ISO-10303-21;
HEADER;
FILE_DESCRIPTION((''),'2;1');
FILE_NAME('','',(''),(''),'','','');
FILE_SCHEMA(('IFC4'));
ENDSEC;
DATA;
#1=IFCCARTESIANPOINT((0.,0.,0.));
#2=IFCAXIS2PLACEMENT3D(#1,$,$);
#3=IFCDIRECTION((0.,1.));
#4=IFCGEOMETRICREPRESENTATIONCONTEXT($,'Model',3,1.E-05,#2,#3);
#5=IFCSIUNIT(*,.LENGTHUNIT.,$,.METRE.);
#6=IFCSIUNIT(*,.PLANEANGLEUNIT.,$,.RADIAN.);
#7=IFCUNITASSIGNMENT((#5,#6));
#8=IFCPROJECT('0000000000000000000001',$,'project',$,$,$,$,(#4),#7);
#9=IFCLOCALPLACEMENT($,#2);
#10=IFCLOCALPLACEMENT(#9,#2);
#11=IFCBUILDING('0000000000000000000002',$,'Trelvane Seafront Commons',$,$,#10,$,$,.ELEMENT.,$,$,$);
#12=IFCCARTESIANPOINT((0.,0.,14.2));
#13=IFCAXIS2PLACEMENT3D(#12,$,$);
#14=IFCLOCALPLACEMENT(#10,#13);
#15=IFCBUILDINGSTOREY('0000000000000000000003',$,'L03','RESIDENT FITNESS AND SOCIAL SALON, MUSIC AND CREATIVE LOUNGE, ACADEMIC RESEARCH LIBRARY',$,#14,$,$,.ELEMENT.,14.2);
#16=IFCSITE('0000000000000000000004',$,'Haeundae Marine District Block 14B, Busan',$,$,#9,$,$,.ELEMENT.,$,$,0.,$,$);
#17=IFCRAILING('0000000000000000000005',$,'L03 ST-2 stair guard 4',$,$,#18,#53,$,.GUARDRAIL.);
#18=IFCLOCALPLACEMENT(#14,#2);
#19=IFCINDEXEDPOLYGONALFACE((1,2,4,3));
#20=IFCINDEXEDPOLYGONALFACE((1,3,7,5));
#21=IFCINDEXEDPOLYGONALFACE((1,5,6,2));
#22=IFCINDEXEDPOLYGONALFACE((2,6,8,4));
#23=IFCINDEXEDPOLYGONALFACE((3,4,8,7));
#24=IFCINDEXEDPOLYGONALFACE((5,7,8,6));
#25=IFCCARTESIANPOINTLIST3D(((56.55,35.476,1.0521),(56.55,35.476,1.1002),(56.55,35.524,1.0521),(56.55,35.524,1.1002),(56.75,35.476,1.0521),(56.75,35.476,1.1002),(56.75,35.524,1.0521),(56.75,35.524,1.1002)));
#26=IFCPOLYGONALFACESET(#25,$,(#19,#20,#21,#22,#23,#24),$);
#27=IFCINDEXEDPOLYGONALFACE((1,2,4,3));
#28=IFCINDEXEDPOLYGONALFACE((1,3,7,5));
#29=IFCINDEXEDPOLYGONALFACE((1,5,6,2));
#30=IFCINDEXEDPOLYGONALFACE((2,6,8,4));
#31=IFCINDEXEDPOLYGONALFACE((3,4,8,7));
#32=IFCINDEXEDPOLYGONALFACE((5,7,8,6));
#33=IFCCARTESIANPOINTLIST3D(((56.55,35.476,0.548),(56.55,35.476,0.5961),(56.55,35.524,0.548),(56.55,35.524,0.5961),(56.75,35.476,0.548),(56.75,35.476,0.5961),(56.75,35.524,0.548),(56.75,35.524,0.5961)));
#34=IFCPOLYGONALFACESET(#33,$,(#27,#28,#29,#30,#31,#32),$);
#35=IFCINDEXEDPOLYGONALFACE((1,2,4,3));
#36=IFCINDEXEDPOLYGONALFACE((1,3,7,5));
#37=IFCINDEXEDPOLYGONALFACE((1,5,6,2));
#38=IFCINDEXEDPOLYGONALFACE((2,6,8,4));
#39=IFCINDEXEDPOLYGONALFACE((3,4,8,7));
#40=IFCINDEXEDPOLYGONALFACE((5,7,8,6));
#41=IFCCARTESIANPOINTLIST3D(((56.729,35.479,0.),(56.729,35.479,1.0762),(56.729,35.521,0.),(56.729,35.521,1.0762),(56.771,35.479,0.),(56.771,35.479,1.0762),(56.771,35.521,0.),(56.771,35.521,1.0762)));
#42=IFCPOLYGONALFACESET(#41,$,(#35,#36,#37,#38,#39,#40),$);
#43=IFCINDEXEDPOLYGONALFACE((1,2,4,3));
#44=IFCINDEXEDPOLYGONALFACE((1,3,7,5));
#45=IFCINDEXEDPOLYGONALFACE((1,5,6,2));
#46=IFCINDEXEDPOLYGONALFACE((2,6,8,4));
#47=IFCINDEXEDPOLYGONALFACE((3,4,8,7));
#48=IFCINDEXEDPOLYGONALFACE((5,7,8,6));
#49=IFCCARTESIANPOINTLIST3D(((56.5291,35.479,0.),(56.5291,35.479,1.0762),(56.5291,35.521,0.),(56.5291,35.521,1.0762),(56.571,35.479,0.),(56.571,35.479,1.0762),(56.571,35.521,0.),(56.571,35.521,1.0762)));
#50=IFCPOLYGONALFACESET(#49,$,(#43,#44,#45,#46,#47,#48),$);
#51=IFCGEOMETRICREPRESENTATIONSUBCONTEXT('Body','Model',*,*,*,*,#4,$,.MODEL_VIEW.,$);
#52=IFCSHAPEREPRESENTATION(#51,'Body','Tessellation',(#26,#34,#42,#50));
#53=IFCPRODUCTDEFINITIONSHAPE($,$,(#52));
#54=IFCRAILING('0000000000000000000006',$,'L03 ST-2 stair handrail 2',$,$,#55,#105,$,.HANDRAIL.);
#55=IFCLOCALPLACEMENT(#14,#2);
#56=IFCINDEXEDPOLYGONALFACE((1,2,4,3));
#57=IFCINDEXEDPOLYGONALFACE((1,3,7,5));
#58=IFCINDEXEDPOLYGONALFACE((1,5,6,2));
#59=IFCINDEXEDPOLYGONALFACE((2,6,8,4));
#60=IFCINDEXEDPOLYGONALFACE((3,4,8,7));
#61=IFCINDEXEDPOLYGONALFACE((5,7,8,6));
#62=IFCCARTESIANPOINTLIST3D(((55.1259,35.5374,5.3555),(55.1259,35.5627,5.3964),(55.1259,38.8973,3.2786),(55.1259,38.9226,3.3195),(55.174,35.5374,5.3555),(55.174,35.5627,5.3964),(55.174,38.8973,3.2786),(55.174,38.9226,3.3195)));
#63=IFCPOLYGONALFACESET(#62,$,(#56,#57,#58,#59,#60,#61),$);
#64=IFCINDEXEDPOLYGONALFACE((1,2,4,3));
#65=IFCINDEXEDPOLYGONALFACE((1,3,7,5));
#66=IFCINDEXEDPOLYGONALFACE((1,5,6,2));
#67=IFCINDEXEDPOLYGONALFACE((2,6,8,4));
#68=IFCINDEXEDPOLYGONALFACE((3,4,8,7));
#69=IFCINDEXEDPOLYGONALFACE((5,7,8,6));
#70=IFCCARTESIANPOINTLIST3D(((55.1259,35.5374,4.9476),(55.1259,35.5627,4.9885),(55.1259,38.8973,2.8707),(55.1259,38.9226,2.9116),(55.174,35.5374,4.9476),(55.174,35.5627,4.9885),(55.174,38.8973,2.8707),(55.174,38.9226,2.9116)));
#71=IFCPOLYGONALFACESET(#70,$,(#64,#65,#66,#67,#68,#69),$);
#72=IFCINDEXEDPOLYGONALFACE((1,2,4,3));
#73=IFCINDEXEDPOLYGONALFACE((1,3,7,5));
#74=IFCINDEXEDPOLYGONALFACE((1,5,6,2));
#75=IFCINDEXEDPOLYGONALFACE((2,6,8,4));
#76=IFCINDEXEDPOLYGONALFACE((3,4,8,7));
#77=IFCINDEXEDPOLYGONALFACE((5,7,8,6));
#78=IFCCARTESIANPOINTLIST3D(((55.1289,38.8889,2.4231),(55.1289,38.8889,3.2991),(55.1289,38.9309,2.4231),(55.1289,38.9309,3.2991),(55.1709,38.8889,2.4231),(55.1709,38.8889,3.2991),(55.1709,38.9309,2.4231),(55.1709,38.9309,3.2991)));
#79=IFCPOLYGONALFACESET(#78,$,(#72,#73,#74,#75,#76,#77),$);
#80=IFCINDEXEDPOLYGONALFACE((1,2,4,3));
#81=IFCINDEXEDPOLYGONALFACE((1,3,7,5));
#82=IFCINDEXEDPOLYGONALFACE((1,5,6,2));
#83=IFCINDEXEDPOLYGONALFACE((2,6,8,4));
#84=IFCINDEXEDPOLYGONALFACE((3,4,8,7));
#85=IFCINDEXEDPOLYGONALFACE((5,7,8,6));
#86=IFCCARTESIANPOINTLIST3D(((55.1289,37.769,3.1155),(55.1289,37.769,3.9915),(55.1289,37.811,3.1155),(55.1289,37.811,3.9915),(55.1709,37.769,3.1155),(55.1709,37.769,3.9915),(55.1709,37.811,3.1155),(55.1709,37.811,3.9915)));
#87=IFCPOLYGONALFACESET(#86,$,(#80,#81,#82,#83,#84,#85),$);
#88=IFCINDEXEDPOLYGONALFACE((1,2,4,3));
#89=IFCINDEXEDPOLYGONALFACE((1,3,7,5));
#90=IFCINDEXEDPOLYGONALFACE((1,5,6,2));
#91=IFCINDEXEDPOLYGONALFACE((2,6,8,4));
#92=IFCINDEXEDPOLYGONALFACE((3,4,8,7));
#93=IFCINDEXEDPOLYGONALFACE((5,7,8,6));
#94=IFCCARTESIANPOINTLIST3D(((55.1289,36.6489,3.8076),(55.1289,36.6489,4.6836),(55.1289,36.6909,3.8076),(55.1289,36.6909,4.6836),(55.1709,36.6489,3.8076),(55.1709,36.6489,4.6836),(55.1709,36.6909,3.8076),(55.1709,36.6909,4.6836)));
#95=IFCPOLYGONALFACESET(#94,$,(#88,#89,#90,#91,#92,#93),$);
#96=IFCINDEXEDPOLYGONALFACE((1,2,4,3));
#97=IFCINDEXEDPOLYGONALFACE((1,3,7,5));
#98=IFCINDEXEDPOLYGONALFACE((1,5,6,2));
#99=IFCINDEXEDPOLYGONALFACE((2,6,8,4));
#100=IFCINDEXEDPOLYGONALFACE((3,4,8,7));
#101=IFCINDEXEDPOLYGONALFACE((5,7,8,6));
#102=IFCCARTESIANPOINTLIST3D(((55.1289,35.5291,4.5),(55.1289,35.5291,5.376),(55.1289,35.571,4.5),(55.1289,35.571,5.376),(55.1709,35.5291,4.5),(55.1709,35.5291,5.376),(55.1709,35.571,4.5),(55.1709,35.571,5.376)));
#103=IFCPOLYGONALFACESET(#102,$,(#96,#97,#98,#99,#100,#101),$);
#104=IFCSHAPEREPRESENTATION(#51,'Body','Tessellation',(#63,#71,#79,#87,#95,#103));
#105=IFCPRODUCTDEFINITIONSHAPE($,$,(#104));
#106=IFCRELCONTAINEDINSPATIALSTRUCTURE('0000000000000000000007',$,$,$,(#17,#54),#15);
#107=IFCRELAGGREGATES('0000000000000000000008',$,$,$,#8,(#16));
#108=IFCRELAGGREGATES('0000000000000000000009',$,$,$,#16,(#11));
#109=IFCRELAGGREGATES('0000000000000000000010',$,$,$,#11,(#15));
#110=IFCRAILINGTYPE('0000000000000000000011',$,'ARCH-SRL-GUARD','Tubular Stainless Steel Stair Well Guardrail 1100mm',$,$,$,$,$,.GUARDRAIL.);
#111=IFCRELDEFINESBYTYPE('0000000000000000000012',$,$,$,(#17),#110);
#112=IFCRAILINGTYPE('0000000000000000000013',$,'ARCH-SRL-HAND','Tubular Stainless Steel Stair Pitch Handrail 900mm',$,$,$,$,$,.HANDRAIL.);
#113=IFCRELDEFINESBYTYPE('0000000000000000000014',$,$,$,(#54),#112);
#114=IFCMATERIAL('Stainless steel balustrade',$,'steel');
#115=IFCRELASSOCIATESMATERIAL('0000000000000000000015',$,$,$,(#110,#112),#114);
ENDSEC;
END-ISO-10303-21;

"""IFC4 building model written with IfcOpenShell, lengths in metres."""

from ifc_helpers import new_model, si_unit, direction, frame, origin, origin_2d, place, context, subcontext, project, spatial, rectangle, extrude, material, type_object, element, save


model = new_model("IFC4")

# Units and contexts
model_context = context("Model", 3, precision=1e-05, world=origin(), true_north=direction((0.0, 1.0)))
body_context = subcontext(model_context, "Body", "Model", "MODEL_VIEW")
ifc_project = project(units=[si_unit("LENGTHUNIT", "METRE"), si_unit("PLANEANGLEUNIT", "RADIAN")], contexts=[model_context])

# Site, building, storey
site_placement = place(None, origin())
site = spatial("IfcSite", under=ifc_project, at=site_placement, Name="Haeundae Marine District Block 14B, Busan", CompositionType="ELEMENT", RefElevation=0.0)
building_placement = place(site_placement, origin())
building = spatial("IfcBuilding", under=site, at=building_placement, Name="Trelvane Seafront Commons", CompositionType="ELEMENT")
storey_placement = place(building_placement, frame((0.0, 0.0, 14.2)))
storey = spatial("IfcBuildingStorey", under=building, at=storey_placement, Name="L03", Description="RESIDENT FITNESS AND SOCIAL SALON, MUSIC AND CREATIVE LOUNGE, ACADEMIC RESEARCH LIBRARY", CompositionType="ELEMENT", Elevation=14.2)

# Railings
ifc_material_1 = material(Name="Stainless steel balustrade", Category="steel")
railing_type_1 = type_object("IfcRailingType", Name="ARCH-SRL-GUARD", Description="Tubular Stainless Steel Stair Well Guardrail 1100mm", PredefinedType="GUARDRAIL", material=ifc_material_1)
railing_1_placement = place(storey_placement, frame((56.75, 35.5, 0.0)))
element("IfcRailing", 1, at=railing_1_placement, inside=storey, type_object=railing_type_1, Name="L03 ST-2 stair guard 4", PredefinedType="GUARDRAIL", context=body_context, shape_type="SweptSolid", body=[
    extrude(rectangle(XDim=0.0481, YDim=0.0481, at=origin_2d()), frame((0.0, 0.0, 1.0762), z_axis=(-1.0, 0.0, 0.0), x_axis=(0.0, -1.0, 0.0)), (0.0, 0.0, 1.0), 0.2),
    extrude(rectangle(XDim=0.0481, YDim=0.0481, at=origin_2d()), frame((0.0, 0.0, 0.572), z_axis=(-1.0, 0.0, 0.0), x_axis=(0.0, -1.0, 0.0)), (0.0, 0.0, 1.0), 0.2),
    extrude(rectangle(XDim=0.042, YDim=0.042, at=origin_2d()), origin(), (0.0, 0.0, 1.0), 1.0762),
    extrude(rectangle(XDim=0.042, YDim=0.042, at=origin_2d()), frame((-0.2, 0.0, 0.0)), (0.0, 0.0, 1.0), 1.0762),
])
railing_type_2 = type_object("IfcRailingType", Name="ARCH-SRL-HAND", Description="Tubular Stainless Steel Stair Pitch Handrail 900mm", PredefinedType="HANDRAIL", material=ifc_material_1)
railing_2_placement = place(storey_placement, frame((55.1499, 38.9099, 2.4231)))
element("IfcRailing", 2, at=railing_2_placement, inside=storey, type_object=railing_type_2, Name="L03 ST-2 stair handrail 2", PredefinedType="HANDRAIL", context=body_context, shape_type="SweptSolid", body=[
    extrude(rectangle(XDim=0.0481, YDim=0.0481, at=origin_2d()), frame((0.0, 0.0, 0.876), z_axis=(0.0, -0.850606, 0.525803), x_axis=(1.0, 0.0, 0.0)), (0.0, 0.0, 1.0), 3.95),
    extrude(rectangle(XDim=0.0481, YDim=0.0481, at=origin_2d()), frame((0.0, 0.0, 0.468), z_axis=(0.0, -0.850606, 0.525803), x_axis=(1.0, 0.0, 0.0)), (0.0, 0.0, 1.0), 3.95),
    extrude(rectangle(XDim=0.042, YDim=0.042, at=origin_2d()), origin(), (0.0, 0.0, 1.0), 0.876),
    extrude(rectangle(XDim=0.042, YDim=0.042, at=origin_2d()), frame((0.0, -1.1199, 0.6924)), (0.0, 0.0, 1.0), 0.876),
    extrude(rectangle(XDim=0.042, YDim=0.042, at=origin_2d()), frame((0.0, -2.24, 1.3845)), (0.0, 0.0, 1.0), 0.876),
    extrude(rectangle(XDim=0.042, YDim=0.042, at=origin_2d()), frame((0.0, -3.3599, 2.0769)), (0.0, 0.0, 1.0), 0.876),
])

save(model, "model.ifc")
